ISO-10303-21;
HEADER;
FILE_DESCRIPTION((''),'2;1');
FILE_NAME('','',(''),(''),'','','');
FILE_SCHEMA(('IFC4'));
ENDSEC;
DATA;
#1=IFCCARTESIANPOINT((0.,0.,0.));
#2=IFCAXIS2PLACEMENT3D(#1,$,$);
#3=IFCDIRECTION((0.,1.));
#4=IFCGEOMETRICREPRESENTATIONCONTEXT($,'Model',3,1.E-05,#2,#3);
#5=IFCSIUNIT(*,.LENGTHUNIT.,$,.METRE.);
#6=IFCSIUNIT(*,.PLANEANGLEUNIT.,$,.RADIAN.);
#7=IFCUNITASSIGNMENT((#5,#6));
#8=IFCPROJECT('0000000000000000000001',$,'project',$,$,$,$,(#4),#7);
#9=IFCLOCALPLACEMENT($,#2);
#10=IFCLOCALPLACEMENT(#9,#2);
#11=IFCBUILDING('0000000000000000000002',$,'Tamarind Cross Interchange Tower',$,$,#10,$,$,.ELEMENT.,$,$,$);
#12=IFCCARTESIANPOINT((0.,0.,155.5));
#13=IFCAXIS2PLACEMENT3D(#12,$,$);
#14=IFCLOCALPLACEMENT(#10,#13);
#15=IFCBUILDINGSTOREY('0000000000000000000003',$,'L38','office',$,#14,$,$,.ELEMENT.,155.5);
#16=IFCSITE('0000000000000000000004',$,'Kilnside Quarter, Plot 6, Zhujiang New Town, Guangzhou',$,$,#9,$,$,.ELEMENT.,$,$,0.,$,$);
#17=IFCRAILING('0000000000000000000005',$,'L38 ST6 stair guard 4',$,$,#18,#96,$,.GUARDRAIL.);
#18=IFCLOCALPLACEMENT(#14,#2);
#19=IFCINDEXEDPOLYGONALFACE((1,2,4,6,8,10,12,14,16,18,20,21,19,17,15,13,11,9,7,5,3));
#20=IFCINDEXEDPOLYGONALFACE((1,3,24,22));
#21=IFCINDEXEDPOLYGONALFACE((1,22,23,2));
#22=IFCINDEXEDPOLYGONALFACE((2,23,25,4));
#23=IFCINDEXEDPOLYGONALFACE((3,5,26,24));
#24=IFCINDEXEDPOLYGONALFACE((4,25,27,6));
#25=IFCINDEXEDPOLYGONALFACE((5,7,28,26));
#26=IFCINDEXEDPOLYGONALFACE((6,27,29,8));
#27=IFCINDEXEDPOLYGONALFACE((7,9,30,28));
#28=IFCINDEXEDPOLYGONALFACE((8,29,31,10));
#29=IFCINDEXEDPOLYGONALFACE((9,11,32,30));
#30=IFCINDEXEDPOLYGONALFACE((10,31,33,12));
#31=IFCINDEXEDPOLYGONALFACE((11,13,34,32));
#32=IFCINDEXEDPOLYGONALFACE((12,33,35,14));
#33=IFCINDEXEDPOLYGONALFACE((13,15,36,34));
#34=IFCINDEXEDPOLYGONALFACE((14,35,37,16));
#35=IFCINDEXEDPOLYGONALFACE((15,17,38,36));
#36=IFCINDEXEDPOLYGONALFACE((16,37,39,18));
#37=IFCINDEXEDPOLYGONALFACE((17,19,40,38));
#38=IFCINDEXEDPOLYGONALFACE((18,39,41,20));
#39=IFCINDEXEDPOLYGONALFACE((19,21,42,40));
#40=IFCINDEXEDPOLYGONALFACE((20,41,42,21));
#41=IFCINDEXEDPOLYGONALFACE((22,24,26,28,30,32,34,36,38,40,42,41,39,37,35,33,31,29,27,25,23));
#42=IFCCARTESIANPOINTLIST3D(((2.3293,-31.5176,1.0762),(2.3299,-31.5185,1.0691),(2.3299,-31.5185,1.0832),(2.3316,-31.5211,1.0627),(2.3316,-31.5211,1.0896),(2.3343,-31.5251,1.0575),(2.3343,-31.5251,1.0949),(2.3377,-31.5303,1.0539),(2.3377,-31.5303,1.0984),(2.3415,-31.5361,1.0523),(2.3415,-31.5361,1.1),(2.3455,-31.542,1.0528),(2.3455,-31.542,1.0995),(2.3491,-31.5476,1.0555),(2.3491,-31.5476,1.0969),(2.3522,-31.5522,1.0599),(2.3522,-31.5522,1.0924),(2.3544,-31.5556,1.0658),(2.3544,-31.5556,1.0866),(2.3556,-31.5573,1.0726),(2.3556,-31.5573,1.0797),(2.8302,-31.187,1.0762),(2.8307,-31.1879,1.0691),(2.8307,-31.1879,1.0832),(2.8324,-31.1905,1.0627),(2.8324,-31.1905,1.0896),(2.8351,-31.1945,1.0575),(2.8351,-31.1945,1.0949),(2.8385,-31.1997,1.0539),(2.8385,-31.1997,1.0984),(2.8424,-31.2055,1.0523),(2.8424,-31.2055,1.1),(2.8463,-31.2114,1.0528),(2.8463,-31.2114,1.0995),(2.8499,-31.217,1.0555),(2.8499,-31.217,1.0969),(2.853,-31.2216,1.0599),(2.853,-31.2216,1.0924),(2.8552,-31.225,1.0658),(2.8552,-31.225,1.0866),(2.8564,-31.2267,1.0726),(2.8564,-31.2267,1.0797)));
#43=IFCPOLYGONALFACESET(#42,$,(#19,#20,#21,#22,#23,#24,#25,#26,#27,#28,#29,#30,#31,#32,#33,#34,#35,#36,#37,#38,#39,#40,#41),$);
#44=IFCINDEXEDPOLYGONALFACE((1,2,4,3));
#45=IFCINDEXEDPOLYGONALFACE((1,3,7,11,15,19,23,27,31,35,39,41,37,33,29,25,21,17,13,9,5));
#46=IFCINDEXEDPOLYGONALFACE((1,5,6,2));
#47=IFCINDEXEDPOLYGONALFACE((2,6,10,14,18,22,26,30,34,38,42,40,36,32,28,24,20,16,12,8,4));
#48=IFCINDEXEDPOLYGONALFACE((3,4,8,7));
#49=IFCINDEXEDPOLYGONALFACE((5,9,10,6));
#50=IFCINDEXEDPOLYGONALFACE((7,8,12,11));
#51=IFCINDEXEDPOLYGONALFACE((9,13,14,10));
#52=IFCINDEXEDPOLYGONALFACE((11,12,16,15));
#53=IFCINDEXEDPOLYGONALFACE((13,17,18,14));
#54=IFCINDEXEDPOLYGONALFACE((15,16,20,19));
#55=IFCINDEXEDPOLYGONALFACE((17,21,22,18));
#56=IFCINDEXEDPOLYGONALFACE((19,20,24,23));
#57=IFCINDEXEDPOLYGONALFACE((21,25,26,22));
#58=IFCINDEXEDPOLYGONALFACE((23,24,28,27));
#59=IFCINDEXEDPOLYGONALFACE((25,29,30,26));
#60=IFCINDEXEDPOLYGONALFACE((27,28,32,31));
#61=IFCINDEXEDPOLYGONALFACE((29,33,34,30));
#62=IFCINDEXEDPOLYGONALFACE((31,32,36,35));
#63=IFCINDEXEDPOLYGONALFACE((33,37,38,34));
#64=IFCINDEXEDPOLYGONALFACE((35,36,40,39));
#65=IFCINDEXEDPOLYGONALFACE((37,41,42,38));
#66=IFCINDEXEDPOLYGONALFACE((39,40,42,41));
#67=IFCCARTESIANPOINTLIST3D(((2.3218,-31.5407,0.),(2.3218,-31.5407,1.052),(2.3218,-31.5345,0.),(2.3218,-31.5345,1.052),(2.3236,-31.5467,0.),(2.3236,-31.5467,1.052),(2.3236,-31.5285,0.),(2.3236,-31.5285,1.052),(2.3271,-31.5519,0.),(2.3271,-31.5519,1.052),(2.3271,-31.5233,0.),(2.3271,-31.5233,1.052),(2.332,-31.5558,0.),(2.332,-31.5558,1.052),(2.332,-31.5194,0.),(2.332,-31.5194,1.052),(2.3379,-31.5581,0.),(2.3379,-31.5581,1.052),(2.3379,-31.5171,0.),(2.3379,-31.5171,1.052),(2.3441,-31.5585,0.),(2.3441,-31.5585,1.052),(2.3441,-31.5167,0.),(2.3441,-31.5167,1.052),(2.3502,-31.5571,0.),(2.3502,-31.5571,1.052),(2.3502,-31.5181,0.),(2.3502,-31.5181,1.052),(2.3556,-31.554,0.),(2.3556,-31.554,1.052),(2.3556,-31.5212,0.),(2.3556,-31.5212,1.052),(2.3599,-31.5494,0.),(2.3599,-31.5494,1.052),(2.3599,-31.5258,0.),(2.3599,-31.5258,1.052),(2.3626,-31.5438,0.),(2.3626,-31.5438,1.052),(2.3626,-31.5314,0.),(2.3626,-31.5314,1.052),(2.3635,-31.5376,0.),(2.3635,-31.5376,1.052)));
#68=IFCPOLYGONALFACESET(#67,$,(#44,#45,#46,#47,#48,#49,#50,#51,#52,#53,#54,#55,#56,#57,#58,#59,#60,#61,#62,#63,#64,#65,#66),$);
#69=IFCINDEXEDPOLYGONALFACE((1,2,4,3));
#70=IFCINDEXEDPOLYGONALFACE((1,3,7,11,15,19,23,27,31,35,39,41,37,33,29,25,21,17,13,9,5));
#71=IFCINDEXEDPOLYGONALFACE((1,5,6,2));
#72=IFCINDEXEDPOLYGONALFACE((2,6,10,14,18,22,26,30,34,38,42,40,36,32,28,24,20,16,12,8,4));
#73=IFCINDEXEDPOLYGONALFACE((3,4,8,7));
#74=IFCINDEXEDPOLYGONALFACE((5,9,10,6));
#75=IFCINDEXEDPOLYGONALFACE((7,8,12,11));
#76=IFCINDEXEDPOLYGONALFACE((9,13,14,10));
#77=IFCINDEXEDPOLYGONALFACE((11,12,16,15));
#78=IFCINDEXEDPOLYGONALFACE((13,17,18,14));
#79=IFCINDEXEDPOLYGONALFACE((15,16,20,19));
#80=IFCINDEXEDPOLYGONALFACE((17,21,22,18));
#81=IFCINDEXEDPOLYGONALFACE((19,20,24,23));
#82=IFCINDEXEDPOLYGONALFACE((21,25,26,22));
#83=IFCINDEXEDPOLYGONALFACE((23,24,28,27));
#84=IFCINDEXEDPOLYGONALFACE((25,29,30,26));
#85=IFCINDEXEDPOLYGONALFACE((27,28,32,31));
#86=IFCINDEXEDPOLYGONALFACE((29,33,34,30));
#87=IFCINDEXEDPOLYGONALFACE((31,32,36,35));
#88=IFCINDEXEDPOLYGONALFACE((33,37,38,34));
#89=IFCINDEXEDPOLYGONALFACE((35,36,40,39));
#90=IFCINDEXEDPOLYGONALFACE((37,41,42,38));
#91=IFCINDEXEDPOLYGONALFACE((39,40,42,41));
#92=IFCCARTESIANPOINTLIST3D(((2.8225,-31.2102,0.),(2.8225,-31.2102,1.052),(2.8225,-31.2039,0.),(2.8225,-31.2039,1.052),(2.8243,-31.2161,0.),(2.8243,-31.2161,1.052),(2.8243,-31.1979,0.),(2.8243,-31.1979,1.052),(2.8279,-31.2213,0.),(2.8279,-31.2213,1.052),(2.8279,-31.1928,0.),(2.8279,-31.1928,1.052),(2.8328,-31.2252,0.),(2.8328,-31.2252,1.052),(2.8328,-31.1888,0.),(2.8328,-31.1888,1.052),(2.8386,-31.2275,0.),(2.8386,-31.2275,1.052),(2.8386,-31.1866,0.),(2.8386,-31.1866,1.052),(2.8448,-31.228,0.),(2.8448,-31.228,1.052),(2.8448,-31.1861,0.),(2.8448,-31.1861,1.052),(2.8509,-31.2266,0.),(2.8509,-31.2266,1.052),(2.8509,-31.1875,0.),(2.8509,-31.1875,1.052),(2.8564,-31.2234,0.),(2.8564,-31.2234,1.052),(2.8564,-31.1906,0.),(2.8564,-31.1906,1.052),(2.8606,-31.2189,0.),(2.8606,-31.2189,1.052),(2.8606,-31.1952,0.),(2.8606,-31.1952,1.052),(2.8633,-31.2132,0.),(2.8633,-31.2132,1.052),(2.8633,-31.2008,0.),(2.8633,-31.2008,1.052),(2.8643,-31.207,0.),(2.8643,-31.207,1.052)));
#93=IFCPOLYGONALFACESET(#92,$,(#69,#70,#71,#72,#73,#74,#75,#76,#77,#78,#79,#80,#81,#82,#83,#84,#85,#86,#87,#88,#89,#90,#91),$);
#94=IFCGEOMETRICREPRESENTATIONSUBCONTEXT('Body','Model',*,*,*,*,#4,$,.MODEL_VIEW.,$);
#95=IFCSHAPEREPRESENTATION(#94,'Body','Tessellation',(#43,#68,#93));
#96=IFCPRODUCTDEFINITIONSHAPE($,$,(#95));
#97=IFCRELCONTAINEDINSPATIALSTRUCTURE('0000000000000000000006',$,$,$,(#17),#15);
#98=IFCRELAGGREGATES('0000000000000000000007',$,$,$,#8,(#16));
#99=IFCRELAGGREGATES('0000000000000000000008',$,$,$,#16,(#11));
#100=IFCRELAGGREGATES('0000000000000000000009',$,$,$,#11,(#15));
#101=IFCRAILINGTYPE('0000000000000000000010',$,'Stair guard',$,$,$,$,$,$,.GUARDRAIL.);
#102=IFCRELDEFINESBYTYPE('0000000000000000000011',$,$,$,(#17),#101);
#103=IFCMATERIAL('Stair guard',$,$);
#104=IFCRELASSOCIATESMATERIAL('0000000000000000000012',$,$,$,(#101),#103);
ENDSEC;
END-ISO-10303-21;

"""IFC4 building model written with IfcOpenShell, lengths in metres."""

from ifc_helpers import new_model, si_unit, direction, frame, origin, origin_2d, place, context, subcontext, project, spatial, circle, extrude, material, type_object, element, save


model = new_model("IFC4")

# Units and contexts
model_context = context("Model", 3, precision=1e-05, world=origin(), true_north=direction((0.0, 1.0)))
body_context = subcontext(model_context, "Body", "Model", "MODEL_VIEW")
ifc_project = project(units=[si_unit("LENGTHUNIT", "METRE"), si_unit("PLANEANGLEUNIT", "RADIAN")], contexts=[model_context])

# Site, building, storey
site_placement = place(None, origin())
site = spatial("IfcSite", under=ifc_project, at=site_placement, Name="Kilnside Quarter, Plot 6, Zhujiang New Town, Guangzhou", CompositionType="ELEMENT", RefElevation=0.0)
building_placement = place(site_placement, origin())
building = spatial("IfcBuilding", under=site, at=building_placement, Name="Tamarind Cross Interchange Tower", CompositionType="ELEMENT")
storey_placement = place(building_placement, frame((0.0, 0.0, 155.5)))
storey = spatial("IfcBuildingStorey", under=building, at=storey_placement, Name="L38", Description="office", CompositionType="ELEMENT", Elevation=155.5)

# Railing
ifc_material_1 = material(Name="Stair guard")
railing_type = type_object("IfcRailingType", Name="Stair guard", PredefinedType="GUARDRAIL", material=ifc_material_1)
railing_placement = place(storey_placement, frame((2.3425, -31.5376, 0.0)))
element("IfcRailing", 1, at=railing_placement, inside=storey, type_object=railing_type, Name="L38 ST6 stair guard 4", PredefinedType="GUARDRAIL", context=body_context, shape_type="SweptSolid", body=[
    extrude(circle(Radius=0.0239, at=origin_2d()), frame((0.0, 0.0, 1.0762), z_axis=(0.834546, 0.550939, 0.0), x_axis=(-0.550939, 0.834546, 0.0)), (0.0, 0.0, 1.0), 0.6001),
    extrude(circle(Radius=0.021, at=origin_2d()), origin(), (0.0, 0.0, 1.0), 1.052),
    extrude(circle(Radius=0.021, at=origin_2d()), frame((0.5007, 0.3306, 0.0)), (0.0, 0.0, 1.0), 1.052),
])

save(model, "model.ifc")
